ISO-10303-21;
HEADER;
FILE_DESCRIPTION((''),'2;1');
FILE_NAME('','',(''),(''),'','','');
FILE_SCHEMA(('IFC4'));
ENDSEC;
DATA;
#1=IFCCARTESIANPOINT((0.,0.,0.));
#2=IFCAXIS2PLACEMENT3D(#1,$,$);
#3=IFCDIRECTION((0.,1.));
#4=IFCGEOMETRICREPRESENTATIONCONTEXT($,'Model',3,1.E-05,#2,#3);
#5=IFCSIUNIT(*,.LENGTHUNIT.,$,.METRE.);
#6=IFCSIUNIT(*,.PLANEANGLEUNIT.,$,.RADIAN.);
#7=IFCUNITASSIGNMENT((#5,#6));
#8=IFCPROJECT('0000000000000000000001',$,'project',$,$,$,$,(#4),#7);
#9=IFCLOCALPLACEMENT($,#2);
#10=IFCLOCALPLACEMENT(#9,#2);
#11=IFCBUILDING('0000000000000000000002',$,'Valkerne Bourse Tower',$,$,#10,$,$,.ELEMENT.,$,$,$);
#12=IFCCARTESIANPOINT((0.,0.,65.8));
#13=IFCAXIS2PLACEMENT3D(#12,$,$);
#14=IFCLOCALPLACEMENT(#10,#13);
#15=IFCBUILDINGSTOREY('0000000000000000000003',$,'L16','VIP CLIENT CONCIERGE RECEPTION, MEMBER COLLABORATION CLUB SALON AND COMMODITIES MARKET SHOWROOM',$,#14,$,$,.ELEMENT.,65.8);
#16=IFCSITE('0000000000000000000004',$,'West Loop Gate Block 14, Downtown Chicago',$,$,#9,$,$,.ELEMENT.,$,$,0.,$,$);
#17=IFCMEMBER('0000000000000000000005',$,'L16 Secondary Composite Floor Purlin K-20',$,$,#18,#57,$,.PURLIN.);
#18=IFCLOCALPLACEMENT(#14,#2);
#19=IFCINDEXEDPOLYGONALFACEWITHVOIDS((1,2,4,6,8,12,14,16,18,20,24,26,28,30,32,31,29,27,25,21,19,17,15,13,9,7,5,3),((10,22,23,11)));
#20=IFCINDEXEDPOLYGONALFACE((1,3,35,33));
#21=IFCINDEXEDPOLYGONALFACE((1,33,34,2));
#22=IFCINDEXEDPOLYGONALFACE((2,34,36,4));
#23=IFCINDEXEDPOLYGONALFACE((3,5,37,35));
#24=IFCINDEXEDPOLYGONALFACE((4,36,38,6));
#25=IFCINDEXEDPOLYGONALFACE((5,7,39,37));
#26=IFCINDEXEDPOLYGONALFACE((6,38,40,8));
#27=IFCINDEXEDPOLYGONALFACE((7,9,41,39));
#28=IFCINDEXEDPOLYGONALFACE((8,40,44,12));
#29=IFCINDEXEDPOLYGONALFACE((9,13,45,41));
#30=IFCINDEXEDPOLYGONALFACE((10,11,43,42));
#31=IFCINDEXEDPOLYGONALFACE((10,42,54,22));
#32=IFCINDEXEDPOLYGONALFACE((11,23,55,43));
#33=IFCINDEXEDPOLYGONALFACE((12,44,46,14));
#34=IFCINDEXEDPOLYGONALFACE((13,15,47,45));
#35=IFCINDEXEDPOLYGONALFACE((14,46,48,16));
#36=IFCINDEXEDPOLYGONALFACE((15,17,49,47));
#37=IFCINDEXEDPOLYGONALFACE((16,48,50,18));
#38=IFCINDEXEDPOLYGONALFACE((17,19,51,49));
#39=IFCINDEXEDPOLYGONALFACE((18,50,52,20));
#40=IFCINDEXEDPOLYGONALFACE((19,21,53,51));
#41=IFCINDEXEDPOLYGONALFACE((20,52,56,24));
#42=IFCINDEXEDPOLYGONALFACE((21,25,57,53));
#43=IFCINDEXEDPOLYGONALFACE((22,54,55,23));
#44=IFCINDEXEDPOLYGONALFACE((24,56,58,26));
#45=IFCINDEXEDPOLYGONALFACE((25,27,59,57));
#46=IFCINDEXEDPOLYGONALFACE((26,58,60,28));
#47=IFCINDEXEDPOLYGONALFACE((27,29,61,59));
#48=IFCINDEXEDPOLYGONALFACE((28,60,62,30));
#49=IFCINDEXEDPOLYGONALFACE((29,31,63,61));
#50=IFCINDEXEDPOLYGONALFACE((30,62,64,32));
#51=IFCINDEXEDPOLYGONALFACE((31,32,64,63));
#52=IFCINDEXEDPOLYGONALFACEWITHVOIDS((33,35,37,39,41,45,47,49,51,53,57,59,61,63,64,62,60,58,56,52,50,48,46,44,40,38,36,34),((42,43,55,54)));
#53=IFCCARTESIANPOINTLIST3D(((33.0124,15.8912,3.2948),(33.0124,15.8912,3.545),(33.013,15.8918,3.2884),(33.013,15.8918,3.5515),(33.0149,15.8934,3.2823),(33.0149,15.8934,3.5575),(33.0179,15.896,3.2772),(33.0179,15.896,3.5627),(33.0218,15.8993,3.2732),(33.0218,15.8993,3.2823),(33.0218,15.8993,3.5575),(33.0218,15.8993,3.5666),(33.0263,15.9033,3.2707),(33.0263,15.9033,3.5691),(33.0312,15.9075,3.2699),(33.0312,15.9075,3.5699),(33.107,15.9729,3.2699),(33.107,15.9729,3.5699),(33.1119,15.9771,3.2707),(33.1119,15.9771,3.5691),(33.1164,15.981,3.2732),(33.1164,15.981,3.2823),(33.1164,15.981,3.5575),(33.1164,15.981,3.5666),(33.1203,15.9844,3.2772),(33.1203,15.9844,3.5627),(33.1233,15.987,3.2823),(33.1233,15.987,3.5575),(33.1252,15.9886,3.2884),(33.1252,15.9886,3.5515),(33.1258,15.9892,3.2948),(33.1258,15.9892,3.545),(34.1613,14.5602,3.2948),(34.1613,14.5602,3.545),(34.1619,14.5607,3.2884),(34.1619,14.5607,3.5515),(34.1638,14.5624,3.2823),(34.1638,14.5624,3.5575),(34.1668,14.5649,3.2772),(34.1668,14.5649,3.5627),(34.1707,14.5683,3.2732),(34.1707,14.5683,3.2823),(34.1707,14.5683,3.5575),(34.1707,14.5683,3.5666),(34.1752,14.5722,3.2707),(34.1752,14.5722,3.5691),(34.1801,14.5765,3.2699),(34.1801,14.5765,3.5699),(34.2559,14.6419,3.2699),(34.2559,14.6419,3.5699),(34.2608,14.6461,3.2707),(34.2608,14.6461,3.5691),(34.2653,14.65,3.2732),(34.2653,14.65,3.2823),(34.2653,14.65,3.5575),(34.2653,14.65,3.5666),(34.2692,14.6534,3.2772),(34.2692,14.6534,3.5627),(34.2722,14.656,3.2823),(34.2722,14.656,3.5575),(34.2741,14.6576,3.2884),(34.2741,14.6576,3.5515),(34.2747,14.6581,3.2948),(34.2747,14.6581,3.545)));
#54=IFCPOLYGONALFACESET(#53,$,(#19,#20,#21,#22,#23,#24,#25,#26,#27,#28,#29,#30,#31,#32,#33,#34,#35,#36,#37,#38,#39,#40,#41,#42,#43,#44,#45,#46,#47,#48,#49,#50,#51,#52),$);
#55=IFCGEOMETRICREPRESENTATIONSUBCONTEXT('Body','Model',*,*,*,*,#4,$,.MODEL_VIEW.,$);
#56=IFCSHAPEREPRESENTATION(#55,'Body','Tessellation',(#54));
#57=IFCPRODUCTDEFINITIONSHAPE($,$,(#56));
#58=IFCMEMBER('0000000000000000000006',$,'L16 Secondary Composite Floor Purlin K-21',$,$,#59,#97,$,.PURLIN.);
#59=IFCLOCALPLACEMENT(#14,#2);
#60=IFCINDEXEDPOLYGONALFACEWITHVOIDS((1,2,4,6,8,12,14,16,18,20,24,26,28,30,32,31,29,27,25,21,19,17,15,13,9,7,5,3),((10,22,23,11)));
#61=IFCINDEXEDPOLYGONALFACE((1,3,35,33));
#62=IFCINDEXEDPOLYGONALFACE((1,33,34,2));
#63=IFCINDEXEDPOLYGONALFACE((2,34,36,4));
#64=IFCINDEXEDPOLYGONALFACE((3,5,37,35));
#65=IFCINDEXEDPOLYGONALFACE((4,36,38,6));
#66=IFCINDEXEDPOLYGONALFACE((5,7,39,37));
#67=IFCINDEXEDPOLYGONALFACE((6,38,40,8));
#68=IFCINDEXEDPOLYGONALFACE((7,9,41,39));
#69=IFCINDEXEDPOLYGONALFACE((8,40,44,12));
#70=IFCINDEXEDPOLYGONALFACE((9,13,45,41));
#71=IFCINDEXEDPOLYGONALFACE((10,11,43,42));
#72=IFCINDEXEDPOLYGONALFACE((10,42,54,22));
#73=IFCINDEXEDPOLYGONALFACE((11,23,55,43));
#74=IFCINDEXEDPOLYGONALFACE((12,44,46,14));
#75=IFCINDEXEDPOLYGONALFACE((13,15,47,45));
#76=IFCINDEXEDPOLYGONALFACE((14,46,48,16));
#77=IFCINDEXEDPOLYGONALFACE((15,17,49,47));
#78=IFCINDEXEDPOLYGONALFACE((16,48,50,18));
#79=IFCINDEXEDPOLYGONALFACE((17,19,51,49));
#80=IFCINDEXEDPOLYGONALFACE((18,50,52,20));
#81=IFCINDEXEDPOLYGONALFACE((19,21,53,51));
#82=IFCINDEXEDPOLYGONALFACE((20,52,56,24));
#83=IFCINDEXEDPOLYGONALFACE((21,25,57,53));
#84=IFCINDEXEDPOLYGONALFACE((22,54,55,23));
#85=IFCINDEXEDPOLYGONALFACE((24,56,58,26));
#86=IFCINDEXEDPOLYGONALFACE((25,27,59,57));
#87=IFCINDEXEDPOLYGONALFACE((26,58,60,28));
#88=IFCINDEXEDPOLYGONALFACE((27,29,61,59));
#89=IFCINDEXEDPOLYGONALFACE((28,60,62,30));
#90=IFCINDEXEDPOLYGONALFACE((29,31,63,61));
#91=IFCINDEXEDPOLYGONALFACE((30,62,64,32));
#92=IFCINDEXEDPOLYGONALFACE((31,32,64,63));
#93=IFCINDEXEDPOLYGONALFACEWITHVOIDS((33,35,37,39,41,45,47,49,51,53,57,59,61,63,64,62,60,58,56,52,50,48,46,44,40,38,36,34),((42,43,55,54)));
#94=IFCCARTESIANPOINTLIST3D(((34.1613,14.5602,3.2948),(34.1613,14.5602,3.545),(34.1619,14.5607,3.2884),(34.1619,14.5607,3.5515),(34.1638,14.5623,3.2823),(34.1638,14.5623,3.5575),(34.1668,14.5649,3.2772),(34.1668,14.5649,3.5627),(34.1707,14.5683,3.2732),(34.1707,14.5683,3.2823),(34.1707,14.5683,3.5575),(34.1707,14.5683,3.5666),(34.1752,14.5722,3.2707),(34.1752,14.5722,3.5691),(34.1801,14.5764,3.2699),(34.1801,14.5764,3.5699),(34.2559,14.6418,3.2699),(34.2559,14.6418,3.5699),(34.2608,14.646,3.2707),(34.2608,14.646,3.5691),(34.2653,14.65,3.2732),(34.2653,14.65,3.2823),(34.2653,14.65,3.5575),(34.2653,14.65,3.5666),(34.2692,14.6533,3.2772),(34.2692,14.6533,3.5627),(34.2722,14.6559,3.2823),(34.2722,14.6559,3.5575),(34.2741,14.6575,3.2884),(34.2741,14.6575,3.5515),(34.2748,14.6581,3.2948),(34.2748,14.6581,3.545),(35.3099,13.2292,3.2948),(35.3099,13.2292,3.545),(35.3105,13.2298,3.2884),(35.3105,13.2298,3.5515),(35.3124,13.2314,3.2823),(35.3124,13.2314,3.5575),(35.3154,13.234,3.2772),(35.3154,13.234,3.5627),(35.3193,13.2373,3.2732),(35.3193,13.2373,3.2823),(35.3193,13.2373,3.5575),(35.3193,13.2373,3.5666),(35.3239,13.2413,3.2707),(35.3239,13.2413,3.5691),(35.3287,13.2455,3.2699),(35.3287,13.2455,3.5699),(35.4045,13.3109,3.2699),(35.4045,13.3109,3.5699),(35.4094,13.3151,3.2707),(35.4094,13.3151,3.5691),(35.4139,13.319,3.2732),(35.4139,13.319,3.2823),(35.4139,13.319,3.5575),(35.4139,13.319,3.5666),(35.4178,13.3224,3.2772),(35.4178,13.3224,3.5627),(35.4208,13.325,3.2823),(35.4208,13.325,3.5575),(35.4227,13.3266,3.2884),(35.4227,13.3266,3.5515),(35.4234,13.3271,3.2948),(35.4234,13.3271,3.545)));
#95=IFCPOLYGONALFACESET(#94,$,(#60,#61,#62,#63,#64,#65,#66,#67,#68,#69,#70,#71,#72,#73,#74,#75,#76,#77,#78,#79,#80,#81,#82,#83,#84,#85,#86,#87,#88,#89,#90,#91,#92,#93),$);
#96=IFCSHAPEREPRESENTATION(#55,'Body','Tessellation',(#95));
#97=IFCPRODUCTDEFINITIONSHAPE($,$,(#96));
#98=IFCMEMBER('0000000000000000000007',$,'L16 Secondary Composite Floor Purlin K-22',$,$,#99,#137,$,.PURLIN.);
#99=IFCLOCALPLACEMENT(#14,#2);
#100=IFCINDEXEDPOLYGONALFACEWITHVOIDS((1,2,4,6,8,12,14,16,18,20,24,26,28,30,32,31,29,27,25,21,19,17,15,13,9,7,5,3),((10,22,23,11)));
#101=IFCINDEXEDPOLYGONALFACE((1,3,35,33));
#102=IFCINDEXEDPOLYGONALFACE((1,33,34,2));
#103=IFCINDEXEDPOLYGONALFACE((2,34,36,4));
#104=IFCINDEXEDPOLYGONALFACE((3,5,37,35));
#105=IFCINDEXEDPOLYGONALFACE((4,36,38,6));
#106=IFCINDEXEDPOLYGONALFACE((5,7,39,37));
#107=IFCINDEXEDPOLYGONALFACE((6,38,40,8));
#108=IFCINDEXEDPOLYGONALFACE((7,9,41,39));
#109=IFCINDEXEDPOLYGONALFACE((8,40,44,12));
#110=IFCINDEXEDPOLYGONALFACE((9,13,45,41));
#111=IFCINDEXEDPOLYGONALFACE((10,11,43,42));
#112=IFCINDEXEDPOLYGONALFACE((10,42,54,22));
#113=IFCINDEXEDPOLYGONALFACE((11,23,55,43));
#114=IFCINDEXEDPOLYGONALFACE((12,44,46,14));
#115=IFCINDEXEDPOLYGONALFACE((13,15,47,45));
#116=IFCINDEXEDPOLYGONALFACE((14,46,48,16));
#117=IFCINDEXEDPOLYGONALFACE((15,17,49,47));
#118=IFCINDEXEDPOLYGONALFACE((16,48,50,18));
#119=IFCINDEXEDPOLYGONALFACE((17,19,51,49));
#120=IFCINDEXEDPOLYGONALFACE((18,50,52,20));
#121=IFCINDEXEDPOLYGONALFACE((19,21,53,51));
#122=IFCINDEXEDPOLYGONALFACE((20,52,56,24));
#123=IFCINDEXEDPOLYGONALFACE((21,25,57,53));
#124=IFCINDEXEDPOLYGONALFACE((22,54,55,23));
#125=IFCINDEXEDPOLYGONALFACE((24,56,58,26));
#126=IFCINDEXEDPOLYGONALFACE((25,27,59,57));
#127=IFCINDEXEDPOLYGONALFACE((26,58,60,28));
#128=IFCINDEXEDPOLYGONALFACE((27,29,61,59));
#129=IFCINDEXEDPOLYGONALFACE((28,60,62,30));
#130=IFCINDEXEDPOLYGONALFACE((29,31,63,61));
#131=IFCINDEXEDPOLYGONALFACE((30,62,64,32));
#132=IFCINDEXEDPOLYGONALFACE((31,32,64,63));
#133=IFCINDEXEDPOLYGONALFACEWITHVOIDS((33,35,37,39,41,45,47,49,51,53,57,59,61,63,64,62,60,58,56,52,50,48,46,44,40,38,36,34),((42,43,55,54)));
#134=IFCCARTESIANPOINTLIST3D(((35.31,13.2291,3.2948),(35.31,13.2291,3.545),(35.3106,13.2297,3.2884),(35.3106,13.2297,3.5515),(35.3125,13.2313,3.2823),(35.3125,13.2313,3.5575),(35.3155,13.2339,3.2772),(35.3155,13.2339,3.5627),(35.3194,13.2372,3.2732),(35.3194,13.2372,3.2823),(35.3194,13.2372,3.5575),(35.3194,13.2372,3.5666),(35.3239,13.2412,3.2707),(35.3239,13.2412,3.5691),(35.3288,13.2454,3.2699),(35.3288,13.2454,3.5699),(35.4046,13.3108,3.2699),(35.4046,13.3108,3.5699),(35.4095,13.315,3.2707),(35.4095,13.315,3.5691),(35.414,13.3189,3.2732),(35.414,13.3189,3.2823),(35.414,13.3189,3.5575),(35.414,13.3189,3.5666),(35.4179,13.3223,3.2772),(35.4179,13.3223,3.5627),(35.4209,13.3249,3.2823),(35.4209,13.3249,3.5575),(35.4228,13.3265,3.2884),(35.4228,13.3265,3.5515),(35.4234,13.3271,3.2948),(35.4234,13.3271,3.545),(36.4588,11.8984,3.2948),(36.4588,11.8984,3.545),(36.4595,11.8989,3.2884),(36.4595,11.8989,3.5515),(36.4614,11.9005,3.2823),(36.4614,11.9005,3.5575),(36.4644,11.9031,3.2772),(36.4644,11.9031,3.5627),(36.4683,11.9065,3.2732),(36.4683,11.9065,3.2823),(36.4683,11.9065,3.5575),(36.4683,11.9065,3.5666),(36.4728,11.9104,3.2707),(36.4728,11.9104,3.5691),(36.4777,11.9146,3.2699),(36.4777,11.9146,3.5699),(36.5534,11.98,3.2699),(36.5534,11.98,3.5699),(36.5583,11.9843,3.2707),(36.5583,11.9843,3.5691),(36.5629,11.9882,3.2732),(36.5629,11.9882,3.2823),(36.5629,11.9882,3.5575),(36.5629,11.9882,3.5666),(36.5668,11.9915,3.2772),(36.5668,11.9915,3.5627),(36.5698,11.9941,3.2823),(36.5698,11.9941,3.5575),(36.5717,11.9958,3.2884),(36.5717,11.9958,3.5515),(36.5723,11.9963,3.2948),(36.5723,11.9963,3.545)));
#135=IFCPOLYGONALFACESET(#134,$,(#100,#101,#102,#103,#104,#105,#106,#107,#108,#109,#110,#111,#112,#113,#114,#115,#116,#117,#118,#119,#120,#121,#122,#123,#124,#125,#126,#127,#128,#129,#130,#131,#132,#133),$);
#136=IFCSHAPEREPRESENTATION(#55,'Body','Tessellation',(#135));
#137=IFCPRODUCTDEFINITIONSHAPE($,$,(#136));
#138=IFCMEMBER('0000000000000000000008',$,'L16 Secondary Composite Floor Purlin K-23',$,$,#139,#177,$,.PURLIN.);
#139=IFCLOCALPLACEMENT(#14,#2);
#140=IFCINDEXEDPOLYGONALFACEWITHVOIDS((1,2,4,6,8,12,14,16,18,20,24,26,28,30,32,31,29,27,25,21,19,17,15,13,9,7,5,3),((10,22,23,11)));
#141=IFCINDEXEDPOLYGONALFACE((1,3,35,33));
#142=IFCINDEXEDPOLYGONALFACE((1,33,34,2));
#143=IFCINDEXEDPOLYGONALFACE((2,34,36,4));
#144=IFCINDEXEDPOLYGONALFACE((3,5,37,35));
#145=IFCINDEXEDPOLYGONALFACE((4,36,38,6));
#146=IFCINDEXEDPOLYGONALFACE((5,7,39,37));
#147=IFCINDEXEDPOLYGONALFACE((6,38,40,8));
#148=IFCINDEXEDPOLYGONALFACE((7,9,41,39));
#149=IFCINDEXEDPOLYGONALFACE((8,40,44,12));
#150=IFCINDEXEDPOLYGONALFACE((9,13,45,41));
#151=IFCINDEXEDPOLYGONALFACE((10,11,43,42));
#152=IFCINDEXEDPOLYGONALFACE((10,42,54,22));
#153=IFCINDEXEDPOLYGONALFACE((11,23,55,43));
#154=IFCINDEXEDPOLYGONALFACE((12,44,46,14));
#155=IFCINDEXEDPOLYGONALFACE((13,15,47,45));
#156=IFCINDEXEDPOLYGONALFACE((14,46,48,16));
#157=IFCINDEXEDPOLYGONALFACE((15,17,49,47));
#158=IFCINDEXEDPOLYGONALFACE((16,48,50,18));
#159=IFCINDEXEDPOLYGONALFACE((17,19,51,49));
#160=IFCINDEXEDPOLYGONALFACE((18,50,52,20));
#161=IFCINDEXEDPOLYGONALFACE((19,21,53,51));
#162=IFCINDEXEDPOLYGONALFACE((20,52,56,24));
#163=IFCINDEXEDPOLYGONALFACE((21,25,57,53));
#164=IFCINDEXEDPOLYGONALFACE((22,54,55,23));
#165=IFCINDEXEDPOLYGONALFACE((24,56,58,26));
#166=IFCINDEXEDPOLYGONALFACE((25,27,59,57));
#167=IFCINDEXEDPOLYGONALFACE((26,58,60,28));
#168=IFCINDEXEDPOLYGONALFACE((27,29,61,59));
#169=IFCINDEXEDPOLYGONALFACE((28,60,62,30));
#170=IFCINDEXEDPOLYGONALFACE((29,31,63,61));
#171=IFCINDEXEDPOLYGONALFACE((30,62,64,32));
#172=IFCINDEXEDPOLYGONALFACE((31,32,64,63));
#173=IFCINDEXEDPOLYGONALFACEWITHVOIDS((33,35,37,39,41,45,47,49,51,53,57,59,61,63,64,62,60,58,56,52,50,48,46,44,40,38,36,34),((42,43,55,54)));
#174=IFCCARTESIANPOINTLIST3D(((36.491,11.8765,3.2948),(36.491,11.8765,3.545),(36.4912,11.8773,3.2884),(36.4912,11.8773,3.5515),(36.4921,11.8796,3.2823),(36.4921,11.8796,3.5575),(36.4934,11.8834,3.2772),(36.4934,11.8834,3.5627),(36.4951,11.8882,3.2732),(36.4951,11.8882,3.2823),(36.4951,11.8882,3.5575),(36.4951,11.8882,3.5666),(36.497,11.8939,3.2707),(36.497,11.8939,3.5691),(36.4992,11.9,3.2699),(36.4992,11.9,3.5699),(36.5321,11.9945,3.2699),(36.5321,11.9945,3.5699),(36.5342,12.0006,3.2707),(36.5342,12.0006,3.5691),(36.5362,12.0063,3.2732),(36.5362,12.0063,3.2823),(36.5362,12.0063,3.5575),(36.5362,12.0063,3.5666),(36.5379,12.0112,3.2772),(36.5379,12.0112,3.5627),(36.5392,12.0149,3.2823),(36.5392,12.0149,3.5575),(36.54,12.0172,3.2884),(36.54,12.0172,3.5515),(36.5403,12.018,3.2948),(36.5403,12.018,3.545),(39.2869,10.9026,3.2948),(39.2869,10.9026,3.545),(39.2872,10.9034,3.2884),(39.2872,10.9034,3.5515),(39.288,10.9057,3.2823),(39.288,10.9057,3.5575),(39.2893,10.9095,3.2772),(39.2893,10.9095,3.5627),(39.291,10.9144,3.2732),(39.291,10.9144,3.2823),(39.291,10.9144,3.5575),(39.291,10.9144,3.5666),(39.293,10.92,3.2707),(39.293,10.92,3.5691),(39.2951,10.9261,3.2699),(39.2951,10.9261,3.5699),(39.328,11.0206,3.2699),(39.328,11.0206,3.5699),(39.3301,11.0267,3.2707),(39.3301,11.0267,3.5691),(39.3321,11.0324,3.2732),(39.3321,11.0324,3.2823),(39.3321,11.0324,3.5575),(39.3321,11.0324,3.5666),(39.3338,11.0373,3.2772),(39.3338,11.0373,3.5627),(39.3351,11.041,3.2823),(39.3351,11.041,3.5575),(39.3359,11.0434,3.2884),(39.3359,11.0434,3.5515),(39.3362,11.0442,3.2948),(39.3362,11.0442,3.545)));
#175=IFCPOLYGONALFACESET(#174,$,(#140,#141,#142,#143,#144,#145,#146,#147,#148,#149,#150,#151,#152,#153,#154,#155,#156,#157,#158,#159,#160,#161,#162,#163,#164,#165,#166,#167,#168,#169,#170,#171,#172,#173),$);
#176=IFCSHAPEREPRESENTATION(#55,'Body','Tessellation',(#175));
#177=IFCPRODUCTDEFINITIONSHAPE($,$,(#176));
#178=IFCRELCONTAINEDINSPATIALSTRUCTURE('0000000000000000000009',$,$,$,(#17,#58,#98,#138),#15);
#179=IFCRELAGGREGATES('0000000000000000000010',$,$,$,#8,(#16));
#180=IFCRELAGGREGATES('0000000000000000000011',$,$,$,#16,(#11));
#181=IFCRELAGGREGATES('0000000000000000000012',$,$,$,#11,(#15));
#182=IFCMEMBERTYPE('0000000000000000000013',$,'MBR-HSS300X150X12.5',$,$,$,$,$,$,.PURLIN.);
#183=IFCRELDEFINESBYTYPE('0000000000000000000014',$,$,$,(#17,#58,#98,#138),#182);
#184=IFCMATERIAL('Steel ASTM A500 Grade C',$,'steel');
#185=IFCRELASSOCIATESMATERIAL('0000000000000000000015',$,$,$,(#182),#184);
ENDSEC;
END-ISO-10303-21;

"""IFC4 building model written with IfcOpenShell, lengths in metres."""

from ifc_helpers import new_model, si_unit, direction, frame, origin, origin_2d, place, context, subcontext, project, spatial, hollow_rectangle, extrude, material, material_profile, profile_set, type_object, element, save


model = new_model("IFC4")

# Units and contexts
model_context = context("Model", 3, precision=1e-05, world=origin(), true_north=direction((0.0, 1.0)))
body_context = subcontext(model_context, "Body", "Model", "MODEL_VIEW")
ifc_project = project(units=[si_unit("LENGTHUNIT", "METRE"), si_unit("PLANEANGLEUNIT", "RADIAN")], contexts=[model_context])

# Site, building, storey
site_placement = place(None, origin())
site = spatial("IfcSite", under=ifc_project, at=site_placement, Name="West Loop Gate Block 14, Downtown Chicago", CompositionType="ELEMENT", RefElevation=0.0)
building_placement = place(site_placement, origin())
building = spatial("IfcBuilding", under=site, at=building_placement, Name="Valkerne Bourse Tower", CompositionType="ELEMENT")
storey_placement = place(building_placement, frame((0.0, 0.0, 65.8)))
storey = spatial("IfcBuildingStorey", under=building, at=storey_placement, Name="L16", Description="VIP CLIENT CONCIERGE RECEPTION, MEMBER COLLABORATION CLUB SALON AND COMMODITIES MARKET SHOWROOM", CompositionType="ELEMENT", Elevation=65.8)

# Members
ifc_material_1 = material(Name="Steel ASTM A500 Grade C", Category="steel")
ifc_material_profile_1 = material_profile(ifc_material_1, hollow_rectangle(XDim=0.1499, YDim=0.3, WallThickness=0.0125, OuterFilletRadius=0.0249, at=origin_2d()), Name="HSS300X150X12.5")
ifc_profile_set_1 = profile_set([ifc_material_profile_1], Name="Steel ASTM A500 Grade C")
member_type_1 = type_object("IfcMemberType", Name="MBR-HSS300X150X12.5", PredefinedType="PURLIN", material=ifc_profile_set_1)
member_1_placement = place(storey_placement, frame((33.0691, 15.9402, 3.4199), z_axis=(0.653417, -0.756998, 0.0), x_axis=(0.756998, 0.653417, 0.0)))
element("IfcMember", 1, at=member_1_placement, inside=storey, type_object=member_type_1, Name="L16 Secondary Composite Floor Purlin K-20", PredefinedType="PURLIN", context=body_context, shape_type="SweptSolid", body=[
    extrude(hollow_rectangle(XDim=0.1499, YDim=0.3, WallThickness=0.0125, OuterFilletRadius=0.0249, at=origin_2d()), origin(), (0.0, 0.0, 1.0), 1.7583),
])
for number, where, z_axis, x_axis, name in (
    (2, (34.218, 14.6091, 3.4199), (0.653338, -0.757066, 0.0), (0.757066, 0.653338, 0.0), "L16 Secondary Composite Floor Purlin K-21"),
    (3, (35.3667, 13.2781, 3.4199), (0.653486, -0.756939, 0.0), (0.756939, 0.653486, 0.0), "L16 Secondary Composite Floor Purlin K-22"),
):
    element("IfcMember", number, at=place(storey_placement, frame(where, z_axis=z_axis, x_axis=x_axis)), inside=storey, type_object=member_type_1, Name=name, PredefinedType="PURLIN", context=body_context, shape_type="SweptSolid", body=[
        extrude(hollow_rectangle(XDim=0.1499, YDim=0.3, WallThickness=0.0125, OuterFilletRadius=0.0249, at=origin_2d()), origin(), (0.0, 0.0, 1.0), 1.7581),
    ])
member_2_placement = place(storey_placement, frame((36.5156, 11.9473, 3.4199), z_axis=(0.944351, -0.32894, 0.0), x_axis=(0.32894, 0.944351, 0.0)))
element("IfcMember", 4, at=member_2_placement, inside=storey, type_object=member_type_1, Name="L16 Secondary Composite Floor Purlin K-23", PredefinedType="PURLIN", context=body_context, shape_type="SweptSolid", body=[
    extrude(hollow_rectangle(XDim=0.1499, YDim=0.3, WallThickness=0.0125, OuterFilletRadius=0.0249, at=origin_2d()), origin(), (0.0, 0.0, 1.0), 2.9607),
])

save(model, "model.ifc")
